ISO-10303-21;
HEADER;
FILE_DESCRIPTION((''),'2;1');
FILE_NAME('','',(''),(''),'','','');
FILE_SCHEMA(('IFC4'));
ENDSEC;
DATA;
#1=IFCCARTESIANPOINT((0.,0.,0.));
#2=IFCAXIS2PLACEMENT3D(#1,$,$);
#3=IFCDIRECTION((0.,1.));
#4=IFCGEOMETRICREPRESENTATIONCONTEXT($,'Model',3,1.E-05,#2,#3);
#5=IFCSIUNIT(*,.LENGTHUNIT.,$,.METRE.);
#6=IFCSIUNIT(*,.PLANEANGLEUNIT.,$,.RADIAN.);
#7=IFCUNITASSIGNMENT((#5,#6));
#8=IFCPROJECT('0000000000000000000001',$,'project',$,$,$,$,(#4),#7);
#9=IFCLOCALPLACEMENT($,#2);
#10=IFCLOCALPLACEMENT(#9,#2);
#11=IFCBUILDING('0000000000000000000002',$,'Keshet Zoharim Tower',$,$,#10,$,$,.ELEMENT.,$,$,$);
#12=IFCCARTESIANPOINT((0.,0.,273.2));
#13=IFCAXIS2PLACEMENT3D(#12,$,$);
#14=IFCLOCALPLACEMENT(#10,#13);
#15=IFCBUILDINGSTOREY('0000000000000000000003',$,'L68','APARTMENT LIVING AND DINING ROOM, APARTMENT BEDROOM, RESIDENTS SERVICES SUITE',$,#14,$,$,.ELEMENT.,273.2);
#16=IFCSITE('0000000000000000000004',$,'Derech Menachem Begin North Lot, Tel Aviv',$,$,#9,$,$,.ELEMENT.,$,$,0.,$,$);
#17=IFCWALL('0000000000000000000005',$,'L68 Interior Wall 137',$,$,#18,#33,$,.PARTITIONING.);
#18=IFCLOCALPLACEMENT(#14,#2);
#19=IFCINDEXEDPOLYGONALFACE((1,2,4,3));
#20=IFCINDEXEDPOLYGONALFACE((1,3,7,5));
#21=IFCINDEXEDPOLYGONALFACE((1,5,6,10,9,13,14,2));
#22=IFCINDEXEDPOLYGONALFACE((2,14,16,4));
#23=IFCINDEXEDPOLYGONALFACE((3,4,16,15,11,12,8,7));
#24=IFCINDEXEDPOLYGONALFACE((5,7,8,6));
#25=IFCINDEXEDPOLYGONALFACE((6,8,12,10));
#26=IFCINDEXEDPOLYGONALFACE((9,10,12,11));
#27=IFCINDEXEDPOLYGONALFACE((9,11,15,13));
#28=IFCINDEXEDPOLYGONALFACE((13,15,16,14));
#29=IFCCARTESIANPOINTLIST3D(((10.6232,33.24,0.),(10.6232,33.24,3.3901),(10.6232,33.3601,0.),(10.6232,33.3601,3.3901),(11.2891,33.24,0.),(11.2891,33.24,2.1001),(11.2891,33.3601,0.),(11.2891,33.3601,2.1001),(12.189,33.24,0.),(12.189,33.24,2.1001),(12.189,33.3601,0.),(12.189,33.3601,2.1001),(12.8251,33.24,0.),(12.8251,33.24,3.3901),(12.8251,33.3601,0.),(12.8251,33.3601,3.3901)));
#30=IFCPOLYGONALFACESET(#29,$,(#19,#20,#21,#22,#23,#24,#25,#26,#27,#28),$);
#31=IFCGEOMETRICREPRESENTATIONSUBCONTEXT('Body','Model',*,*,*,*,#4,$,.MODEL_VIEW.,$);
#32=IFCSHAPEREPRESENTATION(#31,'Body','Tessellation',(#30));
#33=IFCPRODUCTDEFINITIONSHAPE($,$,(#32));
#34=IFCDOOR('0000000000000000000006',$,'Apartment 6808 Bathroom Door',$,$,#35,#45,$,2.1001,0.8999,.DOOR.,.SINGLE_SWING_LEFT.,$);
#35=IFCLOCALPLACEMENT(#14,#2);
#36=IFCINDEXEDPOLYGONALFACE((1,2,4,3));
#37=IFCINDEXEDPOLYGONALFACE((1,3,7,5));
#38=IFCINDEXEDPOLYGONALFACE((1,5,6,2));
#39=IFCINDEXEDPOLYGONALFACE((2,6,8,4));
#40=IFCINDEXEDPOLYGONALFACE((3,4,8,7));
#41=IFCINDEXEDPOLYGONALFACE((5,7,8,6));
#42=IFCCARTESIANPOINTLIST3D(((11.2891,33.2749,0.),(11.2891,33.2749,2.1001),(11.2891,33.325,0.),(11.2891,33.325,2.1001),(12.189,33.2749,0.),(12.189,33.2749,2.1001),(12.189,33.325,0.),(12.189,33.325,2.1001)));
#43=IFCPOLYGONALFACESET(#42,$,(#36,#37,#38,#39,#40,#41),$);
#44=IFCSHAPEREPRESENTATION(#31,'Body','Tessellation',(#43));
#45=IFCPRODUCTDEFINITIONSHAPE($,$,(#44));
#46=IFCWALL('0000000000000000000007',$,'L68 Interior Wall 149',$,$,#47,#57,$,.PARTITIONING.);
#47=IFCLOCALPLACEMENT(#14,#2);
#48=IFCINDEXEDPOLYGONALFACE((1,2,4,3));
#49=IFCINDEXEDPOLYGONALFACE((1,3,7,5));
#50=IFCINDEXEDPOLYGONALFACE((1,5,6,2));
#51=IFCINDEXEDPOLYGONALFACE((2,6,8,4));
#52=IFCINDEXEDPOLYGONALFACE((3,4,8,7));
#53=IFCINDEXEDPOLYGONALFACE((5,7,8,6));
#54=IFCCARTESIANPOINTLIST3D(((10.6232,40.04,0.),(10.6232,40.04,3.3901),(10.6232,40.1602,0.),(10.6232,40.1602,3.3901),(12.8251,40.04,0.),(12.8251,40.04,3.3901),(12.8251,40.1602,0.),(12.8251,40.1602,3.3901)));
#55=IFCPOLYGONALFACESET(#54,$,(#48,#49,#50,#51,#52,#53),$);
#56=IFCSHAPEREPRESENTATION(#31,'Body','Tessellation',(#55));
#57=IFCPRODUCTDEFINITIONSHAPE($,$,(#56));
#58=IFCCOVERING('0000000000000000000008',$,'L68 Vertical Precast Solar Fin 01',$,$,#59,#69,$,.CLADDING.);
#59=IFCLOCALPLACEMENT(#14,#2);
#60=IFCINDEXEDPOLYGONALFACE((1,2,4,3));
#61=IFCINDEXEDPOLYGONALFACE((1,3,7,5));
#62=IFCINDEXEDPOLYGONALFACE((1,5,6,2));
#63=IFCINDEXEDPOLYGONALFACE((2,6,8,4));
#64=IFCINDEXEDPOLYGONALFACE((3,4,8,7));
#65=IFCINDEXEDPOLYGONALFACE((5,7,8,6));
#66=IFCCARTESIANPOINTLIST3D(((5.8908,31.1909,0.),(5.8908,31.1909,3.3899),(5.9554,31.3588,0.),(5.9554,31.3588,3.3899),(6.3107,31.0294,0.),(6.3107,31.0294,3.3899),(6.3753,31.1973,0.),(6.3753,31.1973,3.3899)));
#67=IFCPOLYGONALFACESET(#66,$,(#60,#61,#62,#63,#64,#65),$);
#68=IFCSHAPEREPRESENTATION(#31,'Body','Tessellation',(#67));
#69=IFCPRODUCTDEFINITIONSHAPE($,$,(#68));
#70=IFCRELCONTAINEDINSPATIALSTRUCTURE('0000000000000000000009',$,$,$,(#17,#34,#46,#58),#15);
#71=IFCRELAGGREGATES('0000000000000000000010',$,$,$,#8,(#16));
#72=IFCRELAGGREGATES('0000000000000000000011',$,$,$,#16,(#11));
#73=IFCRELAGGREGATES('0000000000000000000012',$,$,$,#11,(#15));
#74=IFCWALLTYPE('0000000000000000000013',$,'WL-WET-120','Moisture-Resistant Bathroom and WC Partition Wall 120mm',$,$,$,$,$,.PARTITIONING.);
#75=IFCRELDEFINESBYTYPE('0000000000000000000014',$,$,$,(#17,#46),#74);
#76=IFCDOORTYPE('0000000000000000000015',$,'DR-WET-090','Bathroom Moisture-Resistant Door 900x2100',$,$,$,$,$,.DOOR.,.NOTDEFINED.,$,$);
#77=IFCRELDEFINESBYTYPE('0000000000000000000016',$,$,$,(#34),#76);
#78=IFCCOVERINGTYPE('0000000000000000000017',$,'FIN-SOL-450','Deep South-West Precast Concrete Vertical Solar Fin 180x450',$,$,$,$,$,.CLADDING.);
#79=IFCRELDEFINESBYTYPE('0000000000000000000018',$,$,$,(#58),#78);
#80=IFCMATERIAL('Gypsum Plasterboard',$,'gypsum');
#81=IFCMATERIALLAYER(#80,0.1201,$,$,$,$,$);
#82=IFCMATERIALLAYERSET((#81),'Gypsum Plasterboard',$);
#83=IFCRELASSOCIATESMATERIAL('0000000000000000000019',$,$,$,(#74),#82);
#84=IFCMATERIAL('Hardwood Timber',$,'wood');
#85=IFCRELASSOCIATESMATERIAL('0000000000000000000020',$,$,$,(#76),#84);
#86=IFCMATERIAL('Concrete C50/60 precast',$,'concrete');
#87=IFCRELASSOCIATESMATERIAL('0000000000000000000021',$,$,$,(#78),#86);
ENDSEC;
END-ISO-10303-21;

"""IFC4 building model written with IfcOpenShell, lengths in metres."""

from ifc_helpers import new_model, si_unit, direction, frame, frame_2d, origin, origin_2d, place, context, subcontext, project, spatial, rectangle, extrude, material, layer, layer_set, type_object, element, fill, save


model = new_model("IFC4")

# Units and contexts
model_context = context("Model", 3, precision=1e-05, world=origin(), true_north=direction((0.0, 1.0)))
body_context = subcontext(model_context, "Body", "Model", "MODEL_VIEW")
ifc_project = project(units=[si_unit("LENGTHUNIT", "METRE"), si_unit("PLANEANGLEUNIT", "RADIAN")], contexts=[model_context])

# Site, building, storey
site_placement = place(None, origin())
site = spatial("IfcSite", under=ifc_project, at=site_placement, Name="Derech Menachem Begin North Lot, Tel Aviv", CompositionType="ELEMENT", RefElevation=0.0)
building_placement = place(site_placement, origin())
building = spatial("IfcBuilding", under=site, at=building_placement, Name="Keshet Zoharim Tower", CompositionType="ELEMENT")
storey_placement = place(building_placement, frame((0.0, 0.0, 273.2)))
storey = spatial("IfcBuildingStorey", under=building, at=storey_placement, Name="L68", Description="APARTMENT LIVING AND DINING ROOM, APARTMENT BEDROOM, RESIDENTS SERVICES SUITE", CompositionType="ELEMENT", Elevation=273.2)

# Shared definitions
ifc_material_1 = material(Name="Hardwood Timber", Category="wood")
ifc_material_2 = material(Name="Gypsum Plasterboard", Category="gypsum")

# Shared definitions
ifc_layer_1 = layer(ifc_material_2, 0.1201)
ifc_layer_set_1 = layer_set([ifc_layer_1], Name="Gypsum Plasterboard")
wall_type_1 = type_object("IfcWallType", Name="WL-WET-120", Description="Moisture-Resistant Bathroom and WC Partition Wall 120mm", PredefinedType="PARTITIONING", material=ifc_layer_set_1)

# Wall, opening, door
wall_1_placement = place(storey_placement, frame((10.623, 33.3, 0.0), z_axis=(0.0, 0.0, 1.0), x_axis=(1.0, 0.0, 0.0)))
wall_1 = element("IfcWall", 1, at=wall_1_placement, inside=storey, type_object=wall_type_1, Name="L68 Interior Wall 137", PredefinedType="PARTITIONING", context=body_context, shape_type="SweptSolid", body=[
    extrude(rectangle(XDim=2.2019, YDim=0.1201, at=frame_2d((1.1011, 0.0))), origin(), (0.0, 0.0, 1.0), 3.3901),
])
opening_1_placement = place(wall_1_placement, frame((0.666, 0.0, 0.0)))
opening_1 = element("IfcOpeningElement", 2, at=opening_1_placement, cuts=wall_1, PredefinedType="OPENING", context=body_context, shape_type="SweptSolid", body=[
    extrude(rectangle(XDim=0.8999, YDim=2.1001, at=frame_2d((0.45, 1.05))), frame((0.0, 0.0701, 0.0), z_axis=(0.0, -1.0, 0.0), x_axis=(1.0, 0.0, 0.0)), (0.0, 0.0, 1.0), 0.1401),
])
door_type_1 = type_object("IfcDoorType", Name="DR-WET-090", Description="Bathroom Moisture-Resistant Door 900x2100", OperationType="NOTDEFINED", PredefinedType="DOOR", material=ifc_material_1)
door_1_placement = place(opening_1_placement, origin())
door_1 = element("IfcDoor", 3, at=door_1_placement, inside=storey, type_object=door_type_1, Name="Apartment 6808 Bathroom Door", OperationType="SINGLE_SWING_LEFT", OverallHeight=2.1001, OverallWidth=0.8999, PredefinedType="DOOR", context=body_context, shape_type="SweptSolid", body=[
    extrude(rectangle(XDim=0.8999, YDim=2.1001, at=frame_2d((0.45, 1.05))), frame((0.0, 0.0249, 0.0), z_axis=(0.0, -1.0, 0.0), x_axis=(1.0, 0.0, 0.0)), (0.0, 0.0, 1.0), 0.05),
])
fill(opening_1, door_1)

# Wall
wall_2_placement = place(storey_placement, frame((10.623, 40.1001, 0.0), z_axis=(0.0, 0.0, 1.0), x_axis=(1.0, 0.0, 0.0)))
element("IfcWall", 4, at=wall_2_placement, inside=storey, type_object=wall_type_1, Name="L68 Interior Wall 149", PredefinedType="PARTITIONING", context=body_context, shape_type="SweptSolid", body=[
    extrude(rectangle(XDim=2.2019, YDim=0.1201, at=frame_2d((1.1011, 0.0))), origin(), (0.0, 0.0, 1.0), 3.3901),
])

# Covering
ifc_material_3 = material(Name="Concrete C50/60 precast", Category="concrete")
covering_type = type_object("IfcCoveringType", Name="FIN-SOL-450", Description="Deep South-West Precast Concrete Vertical Solar Fin 180x450", PredefinedType="CLADDING", material=ifc_material_3)
covering_placement = place(storey_placement, frame((6.1331, 31.1941, 0.0), z_axis=(0.0, 0.0, 1.0), x_axis=(0.35899, 0.933341, 0.0)))
element("IfcCovering", 5, at=covering_placement, inside=storey, type_object=covering_type, Name="L68 Vertical Precast Solar Fin 01", PredefinedType="CLADDING", context=body_context, shape_type="SweptSolid", body=[
    extrude(rectangle(XDim=0.1799, YDim=0.45, at=origin_2d()), origin(), (0.0, 0.0, 1.0), 3.3899),
])

save(model, "model.ifc")
